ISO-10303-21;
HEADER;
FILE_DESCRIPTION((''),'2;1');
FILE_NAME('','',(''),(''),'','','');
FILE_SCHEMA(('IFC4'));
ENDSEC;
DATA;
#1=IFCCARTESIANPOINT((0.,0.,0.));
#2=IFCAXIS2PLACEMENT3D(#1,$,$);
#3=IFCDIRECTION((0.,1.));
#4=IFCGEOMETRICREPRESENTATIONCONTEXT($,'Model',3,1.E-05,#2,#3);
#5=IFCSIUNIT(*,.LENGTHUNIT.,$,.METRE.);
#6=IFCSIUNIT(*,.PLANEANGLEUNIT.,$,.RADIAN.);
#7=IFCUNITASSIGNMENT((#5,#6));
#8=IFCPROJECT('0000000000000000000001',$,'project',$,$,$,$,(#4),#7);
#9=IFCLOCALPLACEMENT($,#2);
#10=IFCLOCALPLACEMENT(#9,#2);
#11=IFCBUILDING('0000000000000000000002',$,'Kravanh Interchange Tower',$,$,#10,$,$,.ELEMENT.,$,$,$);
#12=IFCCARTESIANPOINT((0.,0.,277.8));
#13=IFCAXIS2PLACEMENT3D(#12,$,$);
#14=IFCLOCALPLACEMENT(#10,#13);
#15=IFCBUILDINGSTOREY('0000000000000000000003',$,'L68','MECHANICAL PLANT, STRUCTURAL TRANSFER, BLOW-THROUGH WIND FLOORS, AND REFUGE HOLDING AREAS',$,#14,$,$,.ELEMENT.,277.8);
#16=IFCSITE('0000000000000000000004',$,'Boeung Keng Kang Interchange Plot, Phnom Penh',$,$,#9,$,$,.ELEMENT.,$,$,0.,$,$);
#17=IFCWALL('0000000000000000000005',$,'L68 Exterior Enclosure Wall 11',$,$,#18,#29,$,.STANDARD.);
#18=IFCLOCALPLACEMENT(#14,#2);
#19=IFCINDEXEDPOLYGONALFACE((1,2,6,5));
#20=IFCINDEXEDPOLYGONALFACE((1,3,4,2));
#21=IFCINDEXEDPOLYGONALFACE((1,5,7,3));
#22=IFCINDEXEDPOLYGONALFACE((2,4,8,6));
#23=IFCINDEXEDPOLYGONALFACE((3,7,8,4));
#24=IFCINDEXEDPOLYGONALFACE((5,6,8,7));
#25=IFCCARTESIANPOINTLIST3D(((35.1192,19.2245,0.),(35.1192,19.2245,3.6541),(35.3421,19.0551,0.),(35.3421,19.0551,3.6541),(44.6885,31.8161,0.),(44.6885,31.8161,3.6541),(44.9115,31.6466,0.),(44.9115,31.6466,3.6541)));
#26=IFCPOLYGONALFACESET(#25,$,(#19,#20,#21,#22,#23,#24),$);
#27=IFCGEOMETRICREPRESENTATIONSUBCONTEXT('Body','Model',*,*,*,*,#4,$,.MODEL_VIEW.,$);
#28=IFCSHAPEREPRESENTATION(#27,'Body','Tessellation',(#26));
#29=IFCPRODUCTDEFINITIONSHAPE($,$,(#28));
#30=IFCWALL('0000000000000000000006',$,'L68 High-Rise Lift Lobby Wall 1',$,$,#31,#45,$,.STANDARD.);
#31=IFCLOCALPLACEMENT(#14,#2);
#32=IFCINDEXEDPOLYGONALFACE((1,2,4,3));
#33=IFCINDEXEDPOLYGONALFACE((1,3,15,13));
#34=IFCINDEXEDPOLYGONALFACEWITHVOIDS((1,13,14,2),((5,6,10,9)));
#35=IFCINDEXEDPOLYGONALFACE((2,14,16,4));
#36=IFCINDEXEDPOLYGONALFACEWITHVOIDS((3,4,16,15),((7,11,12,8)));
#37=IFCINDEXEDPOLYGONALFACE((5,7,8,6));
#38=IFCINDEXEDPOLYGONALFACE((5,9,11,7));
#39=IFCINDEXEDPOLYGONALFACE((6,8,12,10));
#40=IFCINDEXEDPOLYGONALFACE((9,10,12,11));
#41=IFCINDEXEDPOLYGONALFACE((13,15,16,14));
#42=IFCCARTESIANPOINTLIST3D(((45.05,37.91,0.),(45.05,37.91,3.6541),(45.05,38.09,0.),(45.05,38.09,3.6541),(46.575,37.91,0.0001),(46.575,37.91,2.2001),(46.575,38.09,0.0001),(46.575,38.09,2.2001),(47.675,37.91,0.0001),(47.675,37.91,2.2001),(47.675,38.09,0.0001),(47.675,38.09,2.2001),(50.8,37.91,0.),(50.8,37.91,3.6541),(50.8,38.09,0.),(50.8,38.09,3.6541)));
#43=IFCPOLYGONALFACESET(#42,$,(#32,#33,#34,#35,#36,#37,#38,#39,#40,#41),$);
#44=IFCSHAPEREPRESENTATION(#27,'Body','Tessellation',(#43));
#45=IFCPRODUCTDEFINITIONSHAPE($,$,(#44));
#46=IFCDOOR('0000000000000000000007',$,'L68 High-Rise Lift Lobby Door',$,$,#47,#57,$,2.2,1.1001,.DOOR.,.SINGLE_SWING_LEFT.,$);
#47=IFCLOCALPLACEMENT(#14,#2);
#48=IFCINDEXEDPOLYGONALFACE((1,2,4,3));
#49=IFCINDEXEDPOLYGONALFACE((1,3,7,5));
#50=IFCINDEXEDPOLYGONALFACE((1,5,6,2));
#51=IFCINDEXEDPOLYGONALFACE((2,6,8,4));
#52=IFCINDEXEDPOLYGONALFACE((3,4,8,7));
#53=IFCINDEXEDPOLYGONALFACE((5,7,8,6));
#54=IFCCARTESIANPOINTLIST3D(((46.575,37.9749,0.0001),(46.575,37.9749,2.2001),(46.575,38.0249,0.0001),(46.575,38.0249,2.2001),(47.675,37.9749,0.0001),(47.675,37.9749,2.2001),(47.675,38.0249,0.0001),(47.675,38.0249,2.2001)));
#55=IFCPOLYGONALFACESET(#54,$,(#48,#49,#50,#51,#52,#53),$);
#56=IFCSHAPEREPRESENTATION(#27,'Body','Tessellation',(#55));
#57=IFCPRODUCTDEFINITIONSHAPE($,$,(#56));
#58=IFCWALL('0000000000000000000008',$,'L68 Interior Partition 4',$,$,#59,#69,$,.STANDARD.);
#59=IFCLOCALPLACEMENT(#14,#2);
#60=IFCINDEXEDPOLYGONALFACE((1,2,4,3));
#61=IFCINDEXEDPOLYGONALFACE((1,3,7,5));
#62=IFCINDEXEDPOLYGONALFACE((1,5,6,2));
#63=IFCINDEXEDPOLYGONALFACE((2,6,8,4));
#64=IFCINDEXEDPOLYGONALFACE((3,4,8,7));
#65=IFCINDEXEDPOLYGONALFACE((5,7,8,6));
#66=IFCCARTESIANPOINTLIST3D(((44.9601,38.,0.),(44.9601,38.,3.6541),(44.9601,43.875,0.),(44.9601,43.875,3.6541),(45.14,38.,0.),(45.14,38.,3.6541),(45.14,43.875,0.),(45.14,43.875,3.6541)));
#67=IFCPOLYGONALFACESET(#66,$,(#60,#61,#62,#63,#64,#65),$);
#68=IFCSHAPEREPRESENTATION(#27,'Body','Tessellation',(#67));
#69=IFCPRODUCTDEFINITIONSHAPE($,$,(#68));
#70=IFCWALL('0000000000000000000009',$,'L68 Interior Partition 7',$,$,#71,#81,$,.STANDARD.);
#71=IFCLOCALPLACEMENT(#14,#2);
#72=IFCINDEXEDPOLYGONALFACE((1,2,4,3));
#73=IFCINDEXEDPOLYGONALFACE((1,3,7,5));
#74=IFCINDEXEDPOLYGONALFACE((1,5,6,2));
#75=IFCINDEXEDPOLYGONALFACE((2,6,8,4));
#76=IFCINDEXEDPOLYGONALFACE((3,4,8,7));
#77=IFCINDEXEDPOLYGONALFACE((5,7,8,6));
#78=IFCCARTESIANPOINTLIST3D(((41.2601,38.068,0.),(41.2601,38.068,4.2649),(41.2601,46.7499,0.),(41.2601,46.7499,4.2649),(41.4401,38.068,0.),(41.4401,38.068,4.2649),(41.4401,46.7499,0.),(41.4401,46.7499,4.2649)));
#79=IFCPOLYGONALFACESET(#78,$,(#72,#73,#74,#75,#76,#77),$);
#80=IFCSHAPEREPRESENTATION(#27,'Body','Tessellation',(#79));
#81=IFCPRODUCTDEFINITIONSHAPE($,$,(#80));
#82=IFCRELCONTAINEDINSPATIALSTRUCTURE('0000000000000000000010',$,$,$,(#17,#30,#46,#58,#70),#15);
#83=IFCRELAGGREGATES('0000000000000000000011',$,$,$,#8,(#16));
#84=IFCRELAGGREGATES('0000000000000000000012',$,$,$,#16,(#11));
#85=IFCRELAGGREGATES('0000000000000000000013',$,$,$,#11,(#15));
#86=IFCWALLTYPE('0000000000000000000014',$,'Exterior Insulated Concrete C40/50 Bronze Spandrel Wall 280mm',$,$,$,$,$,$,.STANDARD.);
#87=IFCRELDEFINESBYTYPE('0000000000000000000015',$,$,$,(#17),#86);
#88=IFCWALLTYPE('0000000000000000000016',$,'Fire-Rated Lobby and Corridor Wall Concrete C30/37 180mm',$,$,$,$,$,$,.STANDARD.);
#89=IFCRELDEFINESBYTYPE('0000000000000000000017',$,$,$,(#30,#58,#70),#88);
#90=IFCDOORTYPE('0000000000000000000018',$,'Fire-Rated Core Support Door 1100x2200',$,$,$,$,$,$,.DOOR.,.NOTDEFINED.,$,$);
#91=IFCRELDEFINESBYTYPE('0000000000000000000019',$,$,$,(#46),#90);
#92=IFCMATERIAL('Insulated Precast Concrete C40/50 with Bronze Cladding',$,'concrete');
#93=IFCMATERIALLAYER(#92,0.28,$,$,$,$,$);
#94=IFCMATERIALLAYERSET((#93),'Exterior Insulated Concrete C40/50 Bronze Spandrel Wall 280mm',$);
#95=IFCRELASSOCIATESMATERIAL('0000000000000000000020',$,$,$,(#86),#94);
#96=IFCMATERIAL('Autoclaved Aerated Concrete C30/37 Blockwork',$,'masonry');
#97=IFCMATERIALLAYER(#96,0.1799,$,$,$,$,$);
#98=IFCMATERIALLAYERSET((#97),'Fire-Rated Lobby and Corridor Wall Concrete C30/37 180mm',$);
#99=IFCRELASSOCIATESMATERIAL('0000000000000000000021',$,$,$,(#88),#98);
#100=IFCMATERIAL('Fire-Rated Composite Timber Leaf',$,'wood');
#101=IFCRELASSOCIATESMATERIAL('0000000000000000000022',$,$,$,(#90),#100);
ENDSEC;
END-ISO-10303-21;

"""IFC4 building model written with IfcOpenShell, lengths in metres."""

from ifc_helpers import new_model, si_unit, direction, frame, frame_2d, origin, place, context, subcontext, project, spatial, rectangle, extrude, material, layer, layer_set, type_object, element, fill, save


model = new_model("IFC4")

# Units and contexts
model_context = context("Model", 3, precision=1e-05, world=origin(), true_north=direction((0.0, 1.0)))
body_context = subcontext(model_context, "Body", "Model", "MODEL_VIEW")
ifc_project = project(units=[si_unit("LENGTHUNIT", "METRE"), si_unit("PLANEANGLEUNIT", "RADIAN")], contexts=[model_context])

# Site, building, storey
site_placement = place(None, origin())
site = spatial("IfcSite", under=ifc_project, at=site_placement, Name="Boeung Keng Kang Interchange Plot, Phnom Penh", CompositionType="ELEMENT", RefElevation=0.0)
building_placement = place(site_placement, origin())
building = spatial("IfcBuilding", under=site, at=building_placement, Name="Kravanh Interchange Tower", CompositionType="ELEMENT")
storey_placement = place(building_placement, frame((0.0, 0.0, 277.8)))
storey = spatial("IfcBuildingStorey", under=building, at=storey_placement, Name="L68", Description="MECHANICAL PLANT, STRUCTURAL TRANSFER, BLOW-THROUGH WIND FLOORS, AND REFUGE HOLDING AREAS", CompositionType="ELEMENT", Elevation=277.8)

# Wall
ifc_material_1 = material(Name="Insulated Precast Concrete C40/50 with Bronze Cladding", Category="concrete")
ifc_layer_1 = layer(ifc_material_1, 0.28)
ifc_layer_set_1 = layer_set([ifc_layer_1], Name="Exterior Insulated Concrete C40/50 Bronze Spandrel Wall 280mm")
wall_type_1 = type_object("IfcWallType", Name="Exterior Insulated Concrete C40/50 Bronze Spandrel Wall 280mm", PredefinedType="STANDARD", material=ifc_layer_set_1)
wall_1_placement = place(storey_placement, frame((44.8, 31.7314, 0.0), z_axis=(0.0, 0.0, 1.0), x_axis=(-0.605073, -0.79617, 0.0)))
element("IfcWall", 1, at=wall_1_placement, inside=storey, type_object=wall_type_1, Name="L68 Exterior Enclosure Wall 11", PredefinedType="STANDARD", context=body_context, shape_type="SweptSolid", body=[
    extrude(rectangle(XDim=15.8152, YDim=0.28, at=frame_2d((7.9077, 0.0))), origin(), (0.0, 0.0, 1.0), 3.6541),
])

# Wall, opening, door
ifc_material_2 = material(Name="Autoclaved Aerated Concrete C30/37 Blockwork", Category="masonry")
ifc_layer_2 = layer(ifc_material_2, 0.1799)
ifc_layer_set_2 = layer_set([ifc_layer_2], Name="Fire-Rated Lobby and Corridor Wall Concrete C30/37 180mm")
wall_type_2 = type_object("IfcWallType", Name="Fire-Rated Lobby and Corridor Wall Concrete C30/37 180mm", PredefinedType="STANDARD", material=ifc_layer_set_2)
wall_2_placement = place(storey_placement, frame((45.05, 38.0, 0.0), z_axis=(0.0, 0.0, 1.0), x_axis=(1.0, 0.0, 0.0)))
wall_2 = element("IfcWall", 2, at=wall_2_placement, inside=storey, type_object=wall_type_2, Name="L68 High-Rise Lift Lobby Wall 1", PredefinedType="STANDARD", context=body_context, shape_type="SweptSolid", body=[
    extrude(rectangle(XDim=5.75, YDim=0.1799, at=frame_2d((2.875, 0.0))), origin(), (0.0, 0.0, 1.0), 3.6541),
])
opening_1_placement = place(wall_2_placement, frame((1.5249, 0.0, 0.0)))
opening_1 = element("IfcOpeningElement", 3, at=opening_1_placement, cuts=wall_2, PredefinedType="OPENING", context=body_context, shape_type="SweptSolid", body=[
    extrude(rectangle(XDim=1.1001, YDim=2.2, at=frame_2d((0.55, 1.1001))), frame((0.0, 0.1001, 0.0), z_axis=(0.0, -1.0, 0.0), x_axis=(1.0, 0.0, 0.0)), (0.0, 0.0, 1.0), 0.2),
])
ifc_material_3 = material(Name="Fire-Rated Composite Timber Leaf", Category="wood")
door_type_1 = type_object("IfcDoorType", Name="Fire-Rated Core Support Door 1100x2200", OperationType="NOTDEFINED", PredefinedType="DOOR", material=ifc_material_3)
door_1_placement = place(opening_1_placement, origin())
door_1 = element("IfcDoor", 4, at=door_1_placement, inside=storey, type_object=door_type_1, Name="L68 High-Rise Lift Lobby Door", OperationType="SINGLE_SWING_LEFT", OverallHeight=2.2, OverallWidth=1.1001, PredefinedType="DOOR", context=body_context, shape_type="SweptSolid", body=[
    extrude(rectangle(XDim=1.1001, YDim=2.2, at=frame_2d((0.55, 1.1001))), frame((0.0, 0.0249, 0.0), z_axis=(0.0, -1.0, 0.0), x_axis=(1.0, 0.0, 0.0)), (0.0, 0.0, 1.0), 0.05),
])
fill(opening_1, door_1)

# Walls
wall_3_placement = place(storey_placement, frame((45.05, 38.0, 0.0), z_axis=(0.0, 0.0, 1.0), x_axis=(0.0, 1.0, 0.0)))
element("IfcWall", 5, at=wall_3_placement, inside=storey, type_object=wall_type_2, Name="L68 Interior Partition 4", PredefinedType="STANDARD", context=body_context, shape_type="SweptSolid", body=[
    extrude(rectangle(XDim=5.875, YDim=0.1799, at=frame_2d((2.9375, 0.0))), origin(), (0.0, 0.0, 1.0), 3.6541),
])
wall_4_placement = place(storey_placement, frame((41.3501, 38.0681, 0.0), z_axis=(0.0, 0.0, 1.0), x_axis=(0.0, 1.0, 0.0)))
element("IfcWall", 6, at=wall_4_placement, inside=storey, type_object=wall_type_2, Name="L68 Interior Partition 7", PredefinedType="STANDARD", context=body_context, shape_type="SweptSolid", body=[
    extrude(rectangle(XDim=8.6819, YDim=0.1799, at=frame_2d((4.3408, 0.0))), origin(), (0.0, 0.0, 1.0), 4.2649),
])

save(model, "model.ifc")
